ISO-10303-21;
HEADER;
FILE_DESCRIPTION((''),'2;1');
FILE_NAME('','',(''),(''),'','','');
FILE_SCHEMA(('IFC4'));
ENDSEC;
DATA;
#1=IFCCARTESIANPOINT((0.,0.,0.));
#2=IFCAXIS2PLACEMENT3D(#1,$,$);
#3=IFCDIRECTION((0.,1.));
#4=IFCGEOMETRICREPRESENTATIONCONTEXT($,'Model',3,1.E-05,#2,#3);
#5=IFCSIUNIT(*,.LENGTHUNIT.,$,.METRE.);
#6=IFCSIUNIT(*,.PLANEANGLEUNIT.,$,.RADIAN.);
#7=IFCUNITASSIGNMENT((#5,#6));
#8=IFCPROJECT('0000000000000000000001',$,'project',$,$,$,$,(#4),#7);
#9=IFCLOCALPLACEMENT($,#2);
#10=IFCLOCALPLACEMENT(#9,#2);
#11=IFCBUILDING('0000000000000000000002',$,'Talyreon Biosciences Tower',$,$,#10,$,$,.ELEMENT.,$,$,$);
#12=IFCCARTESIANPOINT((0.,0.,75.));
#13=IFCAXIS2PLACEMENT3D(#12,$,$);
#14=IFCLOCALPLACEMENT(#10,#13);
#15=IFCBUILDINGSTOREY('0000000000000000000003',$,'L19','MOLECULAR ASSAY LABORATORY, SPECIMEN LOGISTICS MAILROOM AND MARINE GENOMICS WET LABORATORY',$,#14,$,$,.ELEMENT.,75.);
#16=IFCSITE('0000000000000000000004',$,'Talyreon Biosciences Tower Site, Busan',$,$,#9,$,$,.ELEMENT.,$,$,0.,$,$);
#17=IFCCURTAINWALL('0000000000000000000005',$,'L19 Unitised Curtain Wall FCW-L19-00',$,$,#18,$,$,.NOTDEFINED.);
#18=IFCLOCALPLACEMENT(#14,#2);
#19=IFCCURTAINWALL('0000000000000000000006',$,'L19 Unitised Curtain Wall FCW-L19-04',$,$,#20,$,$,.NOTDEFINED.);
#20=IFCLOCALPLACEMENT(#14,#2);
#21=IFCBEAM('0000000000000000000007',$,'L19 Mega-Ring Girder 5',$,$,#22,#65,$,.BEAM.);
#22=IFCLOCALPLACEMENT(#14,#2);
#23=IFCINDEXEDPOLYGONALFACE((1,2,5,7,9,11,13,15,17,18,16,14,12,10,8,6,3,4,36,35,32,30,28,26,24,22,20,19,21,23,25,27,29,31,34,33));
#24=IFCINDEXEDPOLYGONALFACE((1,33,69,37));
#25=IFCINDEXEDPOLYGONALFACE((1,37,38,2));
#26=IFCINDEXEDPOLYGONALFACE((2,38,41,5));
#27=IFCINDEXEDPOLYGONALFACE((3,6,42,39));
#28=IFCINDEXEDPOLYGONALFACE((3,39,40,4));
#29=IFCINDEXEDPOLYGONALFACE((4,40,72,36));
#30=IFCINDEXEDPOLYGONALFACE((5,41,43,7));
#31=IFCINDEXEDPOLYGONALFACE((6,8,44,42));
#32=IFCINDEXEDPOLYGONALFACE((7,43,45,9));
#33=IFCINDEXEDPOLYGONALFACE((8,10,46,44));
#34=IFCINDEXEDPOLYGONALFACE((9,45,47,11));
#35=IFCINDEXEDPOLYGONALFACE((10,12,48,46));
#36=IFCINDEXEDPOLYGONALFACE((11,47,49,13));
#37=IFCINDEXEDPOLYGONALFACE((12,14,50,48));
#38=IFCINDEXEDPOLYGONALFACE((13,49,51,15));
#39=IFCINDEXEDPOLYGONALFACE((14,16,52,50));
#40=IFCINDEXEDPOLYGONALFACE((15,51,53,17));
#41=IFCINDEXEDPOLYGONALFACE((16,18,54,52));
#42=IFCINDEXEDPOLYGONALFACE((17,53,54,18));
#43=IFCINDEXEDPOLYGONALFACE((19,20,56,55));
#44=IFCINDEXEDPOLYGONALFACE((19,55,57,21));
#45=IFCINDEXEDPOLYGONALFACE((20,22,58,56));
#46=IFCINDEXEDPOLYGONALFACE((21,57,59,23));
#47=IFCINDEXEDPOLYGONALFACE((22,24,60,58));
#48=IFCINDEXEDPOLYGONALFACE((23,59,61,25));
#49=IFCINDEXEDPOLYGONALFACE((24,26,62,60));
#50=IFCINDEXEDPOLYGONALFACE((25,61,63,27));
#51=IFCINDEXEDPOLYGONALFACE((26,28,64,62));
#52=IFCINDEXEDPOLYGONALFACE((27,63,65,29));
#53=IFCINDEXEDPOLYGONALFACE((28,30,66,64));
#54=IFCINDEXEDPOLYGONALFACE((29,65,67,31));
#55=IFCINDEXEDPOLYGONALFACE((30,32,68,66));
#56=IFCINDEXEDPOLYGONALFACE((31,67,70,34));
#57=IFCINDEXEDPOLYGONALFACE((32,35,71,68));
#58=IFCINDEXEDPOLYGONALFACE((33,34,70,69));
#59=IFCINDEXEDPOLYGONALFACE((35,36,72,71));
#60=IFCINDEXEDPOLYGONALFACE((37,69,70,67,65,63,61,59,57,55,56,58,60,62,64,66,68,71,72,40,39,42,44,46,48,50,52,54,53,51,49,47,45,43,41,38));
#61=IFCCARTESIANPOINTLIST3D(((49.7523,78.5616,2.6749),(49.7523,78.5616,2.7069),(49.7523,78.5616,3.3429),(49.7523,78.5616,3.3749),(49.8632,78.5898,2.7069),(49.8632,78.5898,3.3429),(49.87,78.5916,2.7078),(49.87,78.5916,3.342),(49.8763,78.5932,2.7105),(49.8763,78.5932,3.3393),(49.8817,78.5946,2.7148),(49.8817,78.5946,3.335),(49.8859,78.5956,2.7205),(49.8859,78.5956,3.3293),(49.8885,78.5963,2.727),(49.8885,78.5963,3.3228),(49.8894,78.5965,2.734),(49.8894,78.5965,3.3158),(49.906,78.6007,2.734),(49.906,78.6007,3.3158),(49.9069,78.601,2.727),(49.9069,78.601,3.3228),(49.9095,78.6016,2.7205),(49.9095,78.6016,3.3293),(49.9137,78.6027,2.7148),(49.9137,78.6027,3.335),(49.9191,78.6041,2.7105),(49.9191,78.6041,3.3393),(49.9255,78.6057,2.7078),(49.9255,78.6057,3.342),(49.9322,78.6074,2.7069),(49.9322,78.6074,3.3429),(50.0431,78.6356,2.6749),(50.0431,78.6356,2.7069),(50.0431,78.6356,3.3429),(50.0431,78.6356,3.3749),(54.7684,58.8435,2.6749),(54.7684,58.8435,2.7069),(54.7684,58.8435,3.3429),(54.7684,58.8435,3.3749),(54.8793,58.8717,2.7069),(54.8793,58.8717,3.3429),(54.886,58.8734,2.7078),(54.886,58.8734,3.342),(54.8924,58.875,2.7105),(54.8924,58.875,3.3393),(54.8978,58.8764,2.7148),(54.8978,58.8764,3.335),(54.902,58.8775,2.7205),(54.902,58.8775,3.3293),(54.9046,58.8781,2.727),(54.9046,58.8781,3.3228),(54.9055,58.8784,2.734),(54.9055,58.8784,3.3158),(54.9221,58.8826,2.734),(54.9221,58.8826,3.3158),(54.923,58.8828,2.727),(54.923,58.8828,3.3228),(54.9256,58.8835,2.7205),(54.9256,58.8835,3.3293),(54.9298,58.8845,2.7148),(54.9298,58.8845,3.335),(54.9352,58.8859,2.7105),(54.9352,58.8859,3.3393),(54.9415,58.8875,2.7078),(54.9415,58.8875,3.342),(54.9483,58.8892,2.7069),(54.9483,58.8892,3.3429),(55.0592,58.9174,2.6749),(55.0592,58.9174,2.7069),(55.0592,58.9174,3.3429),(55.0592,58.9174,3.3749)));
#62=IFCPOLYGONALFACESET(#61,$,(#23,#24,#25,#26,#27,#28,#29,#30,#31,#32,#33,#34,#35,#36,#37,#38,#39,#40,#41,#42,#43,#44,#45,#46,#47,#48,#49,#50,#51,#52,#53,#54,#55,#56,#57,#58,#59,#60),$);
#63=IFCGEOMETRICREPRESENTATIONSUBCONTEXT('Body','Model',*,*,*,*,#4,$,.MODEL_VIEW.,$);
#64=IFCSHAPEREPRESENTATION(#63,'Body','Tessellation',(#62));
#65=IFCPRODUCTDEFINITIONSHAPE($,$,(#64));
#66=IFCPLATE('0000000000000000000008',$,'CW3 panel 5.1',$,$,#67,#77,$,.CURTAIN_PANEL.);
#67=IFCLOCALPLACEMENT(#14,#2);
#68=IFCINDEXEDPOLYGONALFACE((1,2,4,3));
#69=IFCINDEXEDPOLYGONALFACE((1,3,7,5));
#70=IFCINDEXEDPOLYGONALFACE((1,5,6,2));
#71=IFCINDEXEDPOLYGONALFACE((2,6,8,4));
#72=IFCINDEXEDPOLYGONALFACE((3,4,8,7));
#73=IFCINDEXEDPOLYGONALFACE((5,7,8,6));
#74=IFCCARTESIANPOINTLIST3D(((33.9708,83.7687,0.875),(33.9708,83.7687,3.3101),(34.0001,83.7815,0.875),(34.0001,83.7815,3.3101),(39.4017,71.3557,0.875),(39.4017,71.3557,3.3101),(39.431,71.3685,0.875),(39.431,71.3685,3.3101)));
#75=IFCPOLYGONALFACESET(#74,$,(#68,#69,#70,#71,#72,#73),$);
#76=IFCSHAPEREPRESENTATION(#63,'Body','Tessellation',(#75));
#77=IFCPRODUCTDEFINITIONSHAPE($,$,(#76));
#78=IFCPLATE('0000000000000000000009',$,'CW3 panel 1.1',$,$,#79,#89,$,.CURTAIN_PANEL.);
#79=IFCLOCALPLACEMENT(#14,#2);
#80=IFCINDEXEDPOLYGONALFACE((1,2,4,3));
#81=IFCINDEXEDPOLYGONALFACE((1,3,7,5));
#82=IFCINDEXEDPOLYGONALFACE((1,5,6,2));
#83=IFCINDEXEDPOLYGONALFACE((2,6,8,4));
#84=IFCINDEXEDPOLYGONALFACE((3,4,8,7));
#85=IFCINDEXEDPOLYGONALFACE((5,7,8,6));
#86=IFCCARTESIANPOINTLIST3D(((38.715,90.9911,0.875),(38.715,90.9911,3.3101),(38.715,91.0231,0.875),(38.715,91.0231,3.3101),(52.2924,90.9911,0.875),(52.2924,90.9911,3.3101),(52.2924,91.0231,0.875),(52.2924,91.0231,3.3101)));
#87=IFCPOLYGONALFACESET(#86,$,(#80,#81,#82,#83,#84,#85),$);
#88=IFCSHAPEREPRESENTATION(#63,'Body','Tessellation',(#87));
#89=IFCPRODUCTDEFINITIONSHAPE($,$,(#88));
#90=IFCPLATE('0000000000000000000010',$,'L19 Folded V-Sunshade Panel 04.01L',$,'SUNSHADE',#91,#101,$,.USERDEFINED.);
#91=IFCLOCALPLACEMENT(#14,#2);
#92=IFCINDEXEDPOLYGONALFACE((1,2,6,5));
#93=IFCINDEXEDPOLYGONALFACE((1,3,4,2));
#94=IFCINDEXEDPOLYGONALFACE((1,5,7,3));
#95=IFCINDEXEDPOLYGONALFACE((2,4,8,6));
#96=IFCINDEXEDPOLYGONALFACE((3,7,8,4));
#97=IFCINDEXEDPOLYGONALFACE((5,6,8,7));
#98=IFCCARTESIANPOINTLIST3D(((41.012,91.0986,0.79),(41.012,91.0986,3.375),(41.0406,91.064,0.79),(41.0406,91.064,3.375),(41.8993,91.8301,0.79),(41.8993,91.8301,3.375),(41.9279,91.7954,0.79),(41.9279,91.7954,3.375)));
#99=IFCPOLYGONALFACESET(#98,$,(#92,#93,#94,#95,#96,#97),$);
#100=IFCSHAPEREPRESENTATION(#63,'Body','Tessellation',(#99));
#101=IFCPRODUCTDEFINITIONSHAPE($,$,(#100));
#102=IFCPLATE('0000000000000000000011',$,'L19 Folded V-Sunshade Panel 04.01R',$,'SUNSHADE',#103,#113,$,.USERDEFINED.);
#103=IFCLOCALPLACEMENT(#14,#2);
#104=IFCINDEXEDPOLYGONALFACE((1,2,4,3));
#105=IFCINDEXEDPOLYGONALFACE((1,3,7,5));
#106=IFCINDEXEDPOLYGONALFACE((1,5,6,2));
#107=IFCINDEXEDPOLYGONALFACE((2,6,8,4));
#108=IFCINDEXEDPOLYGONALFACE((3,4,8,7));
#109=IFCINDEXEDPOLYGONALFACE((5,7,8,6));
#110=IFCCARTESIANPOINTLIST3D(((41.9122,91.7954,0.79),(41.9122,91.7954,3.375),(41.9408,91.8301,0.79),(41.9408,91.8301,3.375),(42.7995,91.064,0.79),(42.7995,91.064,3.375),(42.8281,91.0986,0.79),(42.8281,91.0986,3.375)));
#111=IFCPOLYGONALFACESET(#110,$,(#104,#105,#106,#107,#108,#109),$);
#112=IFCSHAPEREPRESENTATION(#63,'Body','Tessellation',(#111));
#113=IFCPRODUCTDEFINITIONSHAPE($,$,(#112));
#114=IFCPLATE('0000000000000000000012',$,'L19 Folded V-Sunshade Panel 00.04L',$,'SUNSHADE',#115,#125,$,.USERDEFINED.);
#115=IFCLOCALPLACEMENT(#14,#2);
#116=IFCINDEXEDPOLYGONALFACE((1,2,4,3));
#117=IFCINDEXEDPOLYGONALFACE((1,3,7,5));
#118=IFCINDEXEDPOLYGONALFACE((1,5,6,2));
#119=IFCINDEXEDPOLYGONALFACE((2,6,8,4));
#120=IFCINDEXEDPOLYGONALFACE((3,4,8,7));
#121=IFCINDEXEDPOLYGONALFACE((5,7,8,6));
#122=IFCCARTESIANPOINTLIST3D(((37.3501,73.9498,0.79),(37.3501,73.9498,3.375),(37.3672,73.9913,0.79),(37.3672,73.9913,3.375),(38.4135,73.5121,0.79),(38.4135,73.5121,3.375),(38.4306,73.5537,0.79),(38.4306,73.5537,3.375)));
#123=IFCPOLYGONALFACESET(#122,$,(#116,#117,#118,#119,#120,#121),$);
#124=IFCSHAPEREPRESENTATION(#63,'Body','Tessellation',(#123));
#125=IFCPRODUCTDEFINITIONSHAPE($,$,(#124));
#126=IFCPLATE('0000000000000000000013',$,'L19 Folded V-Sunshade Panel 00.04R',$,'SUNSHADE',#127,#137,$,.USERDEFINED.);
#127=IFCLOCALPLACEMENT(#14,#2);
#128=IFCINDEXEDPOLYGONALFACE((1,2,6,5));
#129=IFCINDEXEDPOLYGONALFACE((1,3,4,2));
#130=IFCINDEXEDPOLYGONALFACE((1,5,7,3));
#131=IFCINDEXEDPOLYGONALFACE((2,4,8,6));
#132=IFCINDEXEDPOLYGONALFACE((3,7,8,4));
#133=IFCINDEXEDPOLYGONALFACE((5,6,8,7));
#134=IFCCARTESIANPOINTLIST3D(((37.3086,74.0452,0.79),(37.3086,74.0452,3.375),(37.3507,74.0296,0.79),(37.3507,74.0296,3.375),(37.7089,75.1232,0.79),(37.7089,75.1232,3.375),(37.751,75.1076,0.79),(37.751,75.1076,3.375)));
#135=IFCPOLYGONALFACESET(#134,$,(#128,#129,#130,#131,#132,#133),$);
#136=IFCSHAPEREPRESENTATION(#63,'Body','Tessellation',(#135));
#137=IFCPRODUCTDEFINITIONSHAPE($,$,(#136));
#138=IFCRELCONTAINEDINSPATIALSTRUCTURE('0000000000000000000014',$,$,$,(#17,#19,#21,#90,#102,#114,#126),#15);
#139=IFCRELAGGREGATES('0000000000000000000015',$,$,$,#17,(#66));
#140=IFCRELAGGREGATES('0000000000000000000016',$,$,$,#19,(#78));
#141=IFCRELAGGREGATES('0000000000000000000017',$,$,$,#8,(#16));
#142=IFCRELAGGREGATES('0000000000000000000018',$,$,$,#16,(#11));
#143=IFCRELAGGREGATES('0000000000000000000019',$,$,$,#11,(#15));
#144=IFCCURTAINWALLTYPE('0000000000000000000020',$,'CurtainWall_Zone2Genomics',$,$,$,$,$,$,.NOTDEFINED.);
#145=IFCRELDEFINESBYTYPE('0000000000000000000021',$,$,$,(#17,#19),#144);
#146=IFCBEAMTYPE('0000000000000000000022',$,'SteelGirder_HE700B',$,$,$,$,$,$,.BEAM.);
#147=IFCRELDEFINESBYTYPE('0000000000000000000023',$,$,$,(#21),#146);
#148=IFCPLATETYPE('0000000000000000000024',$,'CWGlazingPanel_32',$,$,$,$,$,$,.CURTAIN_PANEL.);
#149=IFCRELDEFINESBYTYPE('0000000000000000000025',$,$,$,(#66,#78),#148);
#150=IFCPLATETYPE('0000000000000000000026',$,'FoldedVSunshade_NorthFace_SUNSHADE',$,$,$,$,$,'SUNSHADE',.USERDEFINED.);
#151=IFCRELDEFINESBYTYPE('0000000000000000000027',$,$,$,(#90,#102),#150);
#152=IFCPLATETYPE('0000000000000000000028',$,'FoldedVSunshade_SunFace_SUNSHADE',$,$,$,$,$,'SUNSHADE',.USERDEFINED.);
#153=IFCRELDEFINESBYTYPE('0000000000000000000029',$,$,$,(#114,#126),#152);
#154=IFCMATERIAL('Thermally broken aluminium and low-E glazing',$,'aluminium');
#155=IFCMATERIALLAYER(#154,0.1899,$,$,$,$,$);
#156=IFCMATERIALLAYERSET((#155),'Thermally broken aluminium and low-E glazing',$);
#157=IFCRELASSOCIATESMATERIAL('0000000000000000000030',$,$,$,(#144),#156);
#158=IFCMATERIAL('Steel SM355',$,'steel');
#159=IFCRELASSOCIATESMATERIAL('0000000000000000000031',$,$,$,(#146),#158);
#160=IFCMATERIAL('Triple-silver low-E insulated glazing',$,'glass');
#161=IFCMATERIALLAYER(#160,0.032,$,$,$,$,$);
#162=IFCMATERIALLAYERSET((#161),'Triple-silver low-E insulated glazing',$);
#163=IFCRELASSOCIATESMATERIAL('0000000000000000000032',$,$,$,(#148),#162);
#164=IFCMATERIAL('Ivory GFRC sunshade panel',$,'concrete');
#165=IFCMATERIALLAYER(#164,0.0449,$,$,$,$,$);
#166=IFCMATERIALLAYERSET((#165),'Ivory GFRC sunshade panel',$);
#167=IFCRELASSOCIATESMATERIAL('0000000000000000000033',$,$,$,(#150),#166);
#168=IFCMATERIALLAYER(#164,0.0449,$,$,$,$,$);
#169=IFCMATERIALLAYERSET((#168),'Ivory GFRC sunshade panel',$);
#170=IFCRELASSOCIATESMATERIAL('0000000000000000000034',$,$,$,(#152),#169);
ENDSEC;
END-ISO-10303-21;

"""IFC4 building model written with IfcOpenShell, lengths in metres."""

from ifc_helpers import new_model, si_unit, direction, frame, origin, origin_2d, place, context, subcontext, project, spatial, rectangle, i_section, extrude, material, layer, layer_set, material_profile, profile_set, type_object, element, aggregate, save


model = new_model("IFC4")

# Units and contexts
model_context = context("Model", 3, precision=1e-05, world=origin(), true_north=direction((0.0, 1.0)))
body_context = subcontext(model_context, "Body", "Model", "MODEL_VIEW")
ifc_project = project(units=[si_unit("LENGTHUNIT", "METRE"), si_unit("PLANEANGLEUNIT", "RADIAN")], contexts=[model_context])

# Site, building, storey
site_placement = place(None, origin())
site = spatial("IfcSite", under=ifc_project, at=site_placement, Name="Talyreon Biosciences Tower Site, Busan", CompositionType="ELEMENT", RefElevation=0.0)
building_placement = place(site_placement, origin())
building = spatial("IfcBuilding", under=site, at=building_placement, Name="Talyreon Biosciences Tower", CompositionType="ELEMENT")
storey_placement = place(building_placement, frame((0.0, 0.0, 75.0)))
storey = spatial("IfcBuildingStorey", under=building, at=storey_placement, Name="L19", Description="MOLECULAR ASSAY LABORATORY, SPECIMEN LOGISTICS MAILROOM AND MARINE GENOMICS WET LABORATORY", CompositionType="ELEMENT", Elevation=75.0)

# Curtain wall
ifc_material_1 = material(Name="Thermally broken aluminium and low-E glazing", Category="aluminium")
ifc_layer_1 = layer(ifc_material_1, 0.1899)
ifc_layer_set_1 = layer_set([ifc_layer_1], Name="Thermally broken aluminium and low-E glazing")
curtain_wall_type = type_object("IfcCurtainWallType", Name="CurtainWall_Zone2Genomics", PredefinedType="NOTDEFINED", material=ifc_layer_set_1)
curtain_wall_1_placement = place(storey_placement, origin())
curtain_wall_1 = element("IfcCurtainWall", 1, at=curtain_wall_1_placement, inside=storey, type_object=curtain_wall_type, Name="L19 Unitised Curtain Wall FCW-L19-00", PredefinedType="NOTDEFINED")

# Curtain wall
curtain_wall_2_placement = place(storey_placement, origin())
curtain_wall_2 = element("IfcCurtainWall", 2, at=curtain_wall_2_placement, inside=storey, type_object=curtain_wall_type, Name="L19 Unitised Curtain Wall FCW-L19-04", PredefinedType="NOTDEFINED")

# Beam
ifc_material_2 = material(Name="Steel SM355", Category="steel")
ifc_material_profile_1 = material_profile(ifc_material_2, i_section(OverallWidth=0.3, OverallDepth=0.7, WebThickness=0.0171, FlangeThickness=0.032, FilletRadius=0.0271, at=origin_2d()), Name="HE700B")
ifc_profile_set_1 = profile_set([ifc_material_profile_1], Name="Steel SM355")
beam_type_1 = type_object("IfcBeamType", Name="SteelGirder_HE700B", PredefinedType="BEAM", material=ifc_profile_set_1)
beam_1_placement = place(storey_placement, frame((49.8977, 78.5986, 3.0249), z_axis=(0.246537, -0.969133, 0.0), x_axis=(0.969133, 0.246537, 0.0)))
element("IfcBeam", 3, at=beam_1_placement, inside=storey, type_object=beam_type_1, Name="L19 Mega-Ring Girder 5", PredefinedType="BEAM", context=body_context, shape_type="SweptSolid", body=[
    extrude(i_section(OverallWidth=0.3, OverallDepth=0.7, WebThickness=0.0171, FlangeThickness=0.032, FilletRadius=0.0271, at=origin_2d()), origin(), (0.0, 0.0, 1.0), 20.3462),
])

# Plates
ifc_material_3 = material(Name="Triple-silver low-E insulated glazing", Category="glass")
ifc_layer_2 = layer(ifc_material_3, 0.032)
ifc_layer_set_2 = layer_set([ifc_layer_2], Name="Triple-silver low-E insulated glazing")
plate_type_1 = type_object("IfcPlateType", Name="CWGlazingPanel_32", PredefinedType="CURTAIN_PANEL", material=ifc_layer_set_2)
plate_1_placement = place(storey_placement, frame((36.7009, 77.5686, 0.875), z_axis=(0.0, 0.0, 1.0), x_axis=(-0.400831, 0.916152, 0.0)))
plate_1 = element("IfcPlate", 4, at=plate_1_placement, type_object=plate_type_1, Name="CW3 panel 5.1", PredefinedType="CURTAIN_PANEL", context=body_context, shape_type="SweptSolid", body=[
    extrude(rectangle(XDim=13.5491, YDim=0.032, at=origin_2d()), origin(), (0.0, 0.0, 1.0), 2.4351),
])
aggregate(curtain_wall_1, [plate_1])
plate_2_placement = place(storey_placement, frame((45.5037, 91.0071, 0.875), z_axis=(0.0, 0.0, 1.0), x_axis=(1.0, 0.0, 0.0)))
plate_2 = element("IfcPlate", 5, at=plate_2_placement, type_object=plate_type_1, Name="CW3 panel 1.1", PredefinedType="CURTAIN_PANEL", context=body_context, shape_type="SweptSolid", body=[
    extrude(rectangle(XDim=13.5774, YDim=0.032, at=origin_2d()), origin(), (0.0, 0.0, 1.0), 2.4351),
])
aggregate(curtain_wall_2, [plate_2])

# Plates
ifc_material_4 = material(Name="Ivory GFRC sunshade panel", Category="concrete")
ifc_layer_3 = layer(ifc_material_4, 0.0449)
ifc_layer_set_3 = layer_set([ifc_layer_3], Name="Ivory GFRC sunshade panel")
plate_type_2 = type_object("IfcPlateType", Name="FoldedVSunshade_NorthFace_SUNSHADE", ElementType="SUNSHADE", PredefinedType="USERDEFINED", material=ifc_layer_set_3)
for number, where, z_axis, x_axis, name in (
    (6, (41.47, 91.447, 0.79), (0.0, 0.0, 1.0), (0.771625, 0.636078, 0.0), "L19 Folded V-Sunshade Panel 04.01L"),
    (7, (42.3701, 91.447, 0.79), (0.0, 0.0, 1.0), (0.771625, -0.636078, 0.0), "L19 Folded V-Sunshade Panel 04.01R"),
):
    element("IfcPlate", number, at=place(storey_placement, frame(where, z_axis=z_axis, x_axis=x_axis)), inside=storey, type_object=plate_type_2, Name=name, ObjectType="SUNSHADE", PredefinedType="USERDEFINED", context=body_context, shape_type="SweptSolid", body=[
        extrude(rectangle(XDim=1.1499, YDim=0.0449, at=origin_2d()), origin(), (0.0, 0.0, 1.0), 2.585),
    ])
ifc_layer_4 = layer(ifc_material_4, 0.0449)
ifc_layer_set_4 = layer_set([ifc_layer_4], Name="Ivory GFRC sunshade panel")
plate_type_3 = type_object("IfcPlateType", Name="FoldedVSunshade_SunFace_SUNSHADE", ElementType="SUNSHADE", PredefinedType="USERDEFINED", material=ifc_layer_set_4)
for number, where, z_axis, x_axis, name in (
    (8, (37.8904, 73.7517, 0.79), (0.0, 0.0, 1.0), (-0.924745, 0.380586, 0.0), "L19 Folded V-Sunshade Panel 00.04L"),
    (9, (37.5298, 74.5764, 0.79), (0.0, 0.0, 1.0), (0.348081, 0.937464, 0.0), "L19 Folded V-Sunshade Panel 00.04R"),
):
    element("IfcPlate", number, at=place(storey_placement, frame(where, z_axis=z_axis, x_axis=x_axis)), inside=storey, type_object=plate_type_3, Name=name, ObjectType="SUNSHADE", PredefinedType="USERDEFINED", context=body_context, shape_type="SweptSolid", body=[
        extrude(rectangle(XDim=1.1499, YDim=0.0449, at=origin_2d()), origin(), (0.0, 0.0, 1.0), 2.585),
    ])

save(model, "model.ifc")
